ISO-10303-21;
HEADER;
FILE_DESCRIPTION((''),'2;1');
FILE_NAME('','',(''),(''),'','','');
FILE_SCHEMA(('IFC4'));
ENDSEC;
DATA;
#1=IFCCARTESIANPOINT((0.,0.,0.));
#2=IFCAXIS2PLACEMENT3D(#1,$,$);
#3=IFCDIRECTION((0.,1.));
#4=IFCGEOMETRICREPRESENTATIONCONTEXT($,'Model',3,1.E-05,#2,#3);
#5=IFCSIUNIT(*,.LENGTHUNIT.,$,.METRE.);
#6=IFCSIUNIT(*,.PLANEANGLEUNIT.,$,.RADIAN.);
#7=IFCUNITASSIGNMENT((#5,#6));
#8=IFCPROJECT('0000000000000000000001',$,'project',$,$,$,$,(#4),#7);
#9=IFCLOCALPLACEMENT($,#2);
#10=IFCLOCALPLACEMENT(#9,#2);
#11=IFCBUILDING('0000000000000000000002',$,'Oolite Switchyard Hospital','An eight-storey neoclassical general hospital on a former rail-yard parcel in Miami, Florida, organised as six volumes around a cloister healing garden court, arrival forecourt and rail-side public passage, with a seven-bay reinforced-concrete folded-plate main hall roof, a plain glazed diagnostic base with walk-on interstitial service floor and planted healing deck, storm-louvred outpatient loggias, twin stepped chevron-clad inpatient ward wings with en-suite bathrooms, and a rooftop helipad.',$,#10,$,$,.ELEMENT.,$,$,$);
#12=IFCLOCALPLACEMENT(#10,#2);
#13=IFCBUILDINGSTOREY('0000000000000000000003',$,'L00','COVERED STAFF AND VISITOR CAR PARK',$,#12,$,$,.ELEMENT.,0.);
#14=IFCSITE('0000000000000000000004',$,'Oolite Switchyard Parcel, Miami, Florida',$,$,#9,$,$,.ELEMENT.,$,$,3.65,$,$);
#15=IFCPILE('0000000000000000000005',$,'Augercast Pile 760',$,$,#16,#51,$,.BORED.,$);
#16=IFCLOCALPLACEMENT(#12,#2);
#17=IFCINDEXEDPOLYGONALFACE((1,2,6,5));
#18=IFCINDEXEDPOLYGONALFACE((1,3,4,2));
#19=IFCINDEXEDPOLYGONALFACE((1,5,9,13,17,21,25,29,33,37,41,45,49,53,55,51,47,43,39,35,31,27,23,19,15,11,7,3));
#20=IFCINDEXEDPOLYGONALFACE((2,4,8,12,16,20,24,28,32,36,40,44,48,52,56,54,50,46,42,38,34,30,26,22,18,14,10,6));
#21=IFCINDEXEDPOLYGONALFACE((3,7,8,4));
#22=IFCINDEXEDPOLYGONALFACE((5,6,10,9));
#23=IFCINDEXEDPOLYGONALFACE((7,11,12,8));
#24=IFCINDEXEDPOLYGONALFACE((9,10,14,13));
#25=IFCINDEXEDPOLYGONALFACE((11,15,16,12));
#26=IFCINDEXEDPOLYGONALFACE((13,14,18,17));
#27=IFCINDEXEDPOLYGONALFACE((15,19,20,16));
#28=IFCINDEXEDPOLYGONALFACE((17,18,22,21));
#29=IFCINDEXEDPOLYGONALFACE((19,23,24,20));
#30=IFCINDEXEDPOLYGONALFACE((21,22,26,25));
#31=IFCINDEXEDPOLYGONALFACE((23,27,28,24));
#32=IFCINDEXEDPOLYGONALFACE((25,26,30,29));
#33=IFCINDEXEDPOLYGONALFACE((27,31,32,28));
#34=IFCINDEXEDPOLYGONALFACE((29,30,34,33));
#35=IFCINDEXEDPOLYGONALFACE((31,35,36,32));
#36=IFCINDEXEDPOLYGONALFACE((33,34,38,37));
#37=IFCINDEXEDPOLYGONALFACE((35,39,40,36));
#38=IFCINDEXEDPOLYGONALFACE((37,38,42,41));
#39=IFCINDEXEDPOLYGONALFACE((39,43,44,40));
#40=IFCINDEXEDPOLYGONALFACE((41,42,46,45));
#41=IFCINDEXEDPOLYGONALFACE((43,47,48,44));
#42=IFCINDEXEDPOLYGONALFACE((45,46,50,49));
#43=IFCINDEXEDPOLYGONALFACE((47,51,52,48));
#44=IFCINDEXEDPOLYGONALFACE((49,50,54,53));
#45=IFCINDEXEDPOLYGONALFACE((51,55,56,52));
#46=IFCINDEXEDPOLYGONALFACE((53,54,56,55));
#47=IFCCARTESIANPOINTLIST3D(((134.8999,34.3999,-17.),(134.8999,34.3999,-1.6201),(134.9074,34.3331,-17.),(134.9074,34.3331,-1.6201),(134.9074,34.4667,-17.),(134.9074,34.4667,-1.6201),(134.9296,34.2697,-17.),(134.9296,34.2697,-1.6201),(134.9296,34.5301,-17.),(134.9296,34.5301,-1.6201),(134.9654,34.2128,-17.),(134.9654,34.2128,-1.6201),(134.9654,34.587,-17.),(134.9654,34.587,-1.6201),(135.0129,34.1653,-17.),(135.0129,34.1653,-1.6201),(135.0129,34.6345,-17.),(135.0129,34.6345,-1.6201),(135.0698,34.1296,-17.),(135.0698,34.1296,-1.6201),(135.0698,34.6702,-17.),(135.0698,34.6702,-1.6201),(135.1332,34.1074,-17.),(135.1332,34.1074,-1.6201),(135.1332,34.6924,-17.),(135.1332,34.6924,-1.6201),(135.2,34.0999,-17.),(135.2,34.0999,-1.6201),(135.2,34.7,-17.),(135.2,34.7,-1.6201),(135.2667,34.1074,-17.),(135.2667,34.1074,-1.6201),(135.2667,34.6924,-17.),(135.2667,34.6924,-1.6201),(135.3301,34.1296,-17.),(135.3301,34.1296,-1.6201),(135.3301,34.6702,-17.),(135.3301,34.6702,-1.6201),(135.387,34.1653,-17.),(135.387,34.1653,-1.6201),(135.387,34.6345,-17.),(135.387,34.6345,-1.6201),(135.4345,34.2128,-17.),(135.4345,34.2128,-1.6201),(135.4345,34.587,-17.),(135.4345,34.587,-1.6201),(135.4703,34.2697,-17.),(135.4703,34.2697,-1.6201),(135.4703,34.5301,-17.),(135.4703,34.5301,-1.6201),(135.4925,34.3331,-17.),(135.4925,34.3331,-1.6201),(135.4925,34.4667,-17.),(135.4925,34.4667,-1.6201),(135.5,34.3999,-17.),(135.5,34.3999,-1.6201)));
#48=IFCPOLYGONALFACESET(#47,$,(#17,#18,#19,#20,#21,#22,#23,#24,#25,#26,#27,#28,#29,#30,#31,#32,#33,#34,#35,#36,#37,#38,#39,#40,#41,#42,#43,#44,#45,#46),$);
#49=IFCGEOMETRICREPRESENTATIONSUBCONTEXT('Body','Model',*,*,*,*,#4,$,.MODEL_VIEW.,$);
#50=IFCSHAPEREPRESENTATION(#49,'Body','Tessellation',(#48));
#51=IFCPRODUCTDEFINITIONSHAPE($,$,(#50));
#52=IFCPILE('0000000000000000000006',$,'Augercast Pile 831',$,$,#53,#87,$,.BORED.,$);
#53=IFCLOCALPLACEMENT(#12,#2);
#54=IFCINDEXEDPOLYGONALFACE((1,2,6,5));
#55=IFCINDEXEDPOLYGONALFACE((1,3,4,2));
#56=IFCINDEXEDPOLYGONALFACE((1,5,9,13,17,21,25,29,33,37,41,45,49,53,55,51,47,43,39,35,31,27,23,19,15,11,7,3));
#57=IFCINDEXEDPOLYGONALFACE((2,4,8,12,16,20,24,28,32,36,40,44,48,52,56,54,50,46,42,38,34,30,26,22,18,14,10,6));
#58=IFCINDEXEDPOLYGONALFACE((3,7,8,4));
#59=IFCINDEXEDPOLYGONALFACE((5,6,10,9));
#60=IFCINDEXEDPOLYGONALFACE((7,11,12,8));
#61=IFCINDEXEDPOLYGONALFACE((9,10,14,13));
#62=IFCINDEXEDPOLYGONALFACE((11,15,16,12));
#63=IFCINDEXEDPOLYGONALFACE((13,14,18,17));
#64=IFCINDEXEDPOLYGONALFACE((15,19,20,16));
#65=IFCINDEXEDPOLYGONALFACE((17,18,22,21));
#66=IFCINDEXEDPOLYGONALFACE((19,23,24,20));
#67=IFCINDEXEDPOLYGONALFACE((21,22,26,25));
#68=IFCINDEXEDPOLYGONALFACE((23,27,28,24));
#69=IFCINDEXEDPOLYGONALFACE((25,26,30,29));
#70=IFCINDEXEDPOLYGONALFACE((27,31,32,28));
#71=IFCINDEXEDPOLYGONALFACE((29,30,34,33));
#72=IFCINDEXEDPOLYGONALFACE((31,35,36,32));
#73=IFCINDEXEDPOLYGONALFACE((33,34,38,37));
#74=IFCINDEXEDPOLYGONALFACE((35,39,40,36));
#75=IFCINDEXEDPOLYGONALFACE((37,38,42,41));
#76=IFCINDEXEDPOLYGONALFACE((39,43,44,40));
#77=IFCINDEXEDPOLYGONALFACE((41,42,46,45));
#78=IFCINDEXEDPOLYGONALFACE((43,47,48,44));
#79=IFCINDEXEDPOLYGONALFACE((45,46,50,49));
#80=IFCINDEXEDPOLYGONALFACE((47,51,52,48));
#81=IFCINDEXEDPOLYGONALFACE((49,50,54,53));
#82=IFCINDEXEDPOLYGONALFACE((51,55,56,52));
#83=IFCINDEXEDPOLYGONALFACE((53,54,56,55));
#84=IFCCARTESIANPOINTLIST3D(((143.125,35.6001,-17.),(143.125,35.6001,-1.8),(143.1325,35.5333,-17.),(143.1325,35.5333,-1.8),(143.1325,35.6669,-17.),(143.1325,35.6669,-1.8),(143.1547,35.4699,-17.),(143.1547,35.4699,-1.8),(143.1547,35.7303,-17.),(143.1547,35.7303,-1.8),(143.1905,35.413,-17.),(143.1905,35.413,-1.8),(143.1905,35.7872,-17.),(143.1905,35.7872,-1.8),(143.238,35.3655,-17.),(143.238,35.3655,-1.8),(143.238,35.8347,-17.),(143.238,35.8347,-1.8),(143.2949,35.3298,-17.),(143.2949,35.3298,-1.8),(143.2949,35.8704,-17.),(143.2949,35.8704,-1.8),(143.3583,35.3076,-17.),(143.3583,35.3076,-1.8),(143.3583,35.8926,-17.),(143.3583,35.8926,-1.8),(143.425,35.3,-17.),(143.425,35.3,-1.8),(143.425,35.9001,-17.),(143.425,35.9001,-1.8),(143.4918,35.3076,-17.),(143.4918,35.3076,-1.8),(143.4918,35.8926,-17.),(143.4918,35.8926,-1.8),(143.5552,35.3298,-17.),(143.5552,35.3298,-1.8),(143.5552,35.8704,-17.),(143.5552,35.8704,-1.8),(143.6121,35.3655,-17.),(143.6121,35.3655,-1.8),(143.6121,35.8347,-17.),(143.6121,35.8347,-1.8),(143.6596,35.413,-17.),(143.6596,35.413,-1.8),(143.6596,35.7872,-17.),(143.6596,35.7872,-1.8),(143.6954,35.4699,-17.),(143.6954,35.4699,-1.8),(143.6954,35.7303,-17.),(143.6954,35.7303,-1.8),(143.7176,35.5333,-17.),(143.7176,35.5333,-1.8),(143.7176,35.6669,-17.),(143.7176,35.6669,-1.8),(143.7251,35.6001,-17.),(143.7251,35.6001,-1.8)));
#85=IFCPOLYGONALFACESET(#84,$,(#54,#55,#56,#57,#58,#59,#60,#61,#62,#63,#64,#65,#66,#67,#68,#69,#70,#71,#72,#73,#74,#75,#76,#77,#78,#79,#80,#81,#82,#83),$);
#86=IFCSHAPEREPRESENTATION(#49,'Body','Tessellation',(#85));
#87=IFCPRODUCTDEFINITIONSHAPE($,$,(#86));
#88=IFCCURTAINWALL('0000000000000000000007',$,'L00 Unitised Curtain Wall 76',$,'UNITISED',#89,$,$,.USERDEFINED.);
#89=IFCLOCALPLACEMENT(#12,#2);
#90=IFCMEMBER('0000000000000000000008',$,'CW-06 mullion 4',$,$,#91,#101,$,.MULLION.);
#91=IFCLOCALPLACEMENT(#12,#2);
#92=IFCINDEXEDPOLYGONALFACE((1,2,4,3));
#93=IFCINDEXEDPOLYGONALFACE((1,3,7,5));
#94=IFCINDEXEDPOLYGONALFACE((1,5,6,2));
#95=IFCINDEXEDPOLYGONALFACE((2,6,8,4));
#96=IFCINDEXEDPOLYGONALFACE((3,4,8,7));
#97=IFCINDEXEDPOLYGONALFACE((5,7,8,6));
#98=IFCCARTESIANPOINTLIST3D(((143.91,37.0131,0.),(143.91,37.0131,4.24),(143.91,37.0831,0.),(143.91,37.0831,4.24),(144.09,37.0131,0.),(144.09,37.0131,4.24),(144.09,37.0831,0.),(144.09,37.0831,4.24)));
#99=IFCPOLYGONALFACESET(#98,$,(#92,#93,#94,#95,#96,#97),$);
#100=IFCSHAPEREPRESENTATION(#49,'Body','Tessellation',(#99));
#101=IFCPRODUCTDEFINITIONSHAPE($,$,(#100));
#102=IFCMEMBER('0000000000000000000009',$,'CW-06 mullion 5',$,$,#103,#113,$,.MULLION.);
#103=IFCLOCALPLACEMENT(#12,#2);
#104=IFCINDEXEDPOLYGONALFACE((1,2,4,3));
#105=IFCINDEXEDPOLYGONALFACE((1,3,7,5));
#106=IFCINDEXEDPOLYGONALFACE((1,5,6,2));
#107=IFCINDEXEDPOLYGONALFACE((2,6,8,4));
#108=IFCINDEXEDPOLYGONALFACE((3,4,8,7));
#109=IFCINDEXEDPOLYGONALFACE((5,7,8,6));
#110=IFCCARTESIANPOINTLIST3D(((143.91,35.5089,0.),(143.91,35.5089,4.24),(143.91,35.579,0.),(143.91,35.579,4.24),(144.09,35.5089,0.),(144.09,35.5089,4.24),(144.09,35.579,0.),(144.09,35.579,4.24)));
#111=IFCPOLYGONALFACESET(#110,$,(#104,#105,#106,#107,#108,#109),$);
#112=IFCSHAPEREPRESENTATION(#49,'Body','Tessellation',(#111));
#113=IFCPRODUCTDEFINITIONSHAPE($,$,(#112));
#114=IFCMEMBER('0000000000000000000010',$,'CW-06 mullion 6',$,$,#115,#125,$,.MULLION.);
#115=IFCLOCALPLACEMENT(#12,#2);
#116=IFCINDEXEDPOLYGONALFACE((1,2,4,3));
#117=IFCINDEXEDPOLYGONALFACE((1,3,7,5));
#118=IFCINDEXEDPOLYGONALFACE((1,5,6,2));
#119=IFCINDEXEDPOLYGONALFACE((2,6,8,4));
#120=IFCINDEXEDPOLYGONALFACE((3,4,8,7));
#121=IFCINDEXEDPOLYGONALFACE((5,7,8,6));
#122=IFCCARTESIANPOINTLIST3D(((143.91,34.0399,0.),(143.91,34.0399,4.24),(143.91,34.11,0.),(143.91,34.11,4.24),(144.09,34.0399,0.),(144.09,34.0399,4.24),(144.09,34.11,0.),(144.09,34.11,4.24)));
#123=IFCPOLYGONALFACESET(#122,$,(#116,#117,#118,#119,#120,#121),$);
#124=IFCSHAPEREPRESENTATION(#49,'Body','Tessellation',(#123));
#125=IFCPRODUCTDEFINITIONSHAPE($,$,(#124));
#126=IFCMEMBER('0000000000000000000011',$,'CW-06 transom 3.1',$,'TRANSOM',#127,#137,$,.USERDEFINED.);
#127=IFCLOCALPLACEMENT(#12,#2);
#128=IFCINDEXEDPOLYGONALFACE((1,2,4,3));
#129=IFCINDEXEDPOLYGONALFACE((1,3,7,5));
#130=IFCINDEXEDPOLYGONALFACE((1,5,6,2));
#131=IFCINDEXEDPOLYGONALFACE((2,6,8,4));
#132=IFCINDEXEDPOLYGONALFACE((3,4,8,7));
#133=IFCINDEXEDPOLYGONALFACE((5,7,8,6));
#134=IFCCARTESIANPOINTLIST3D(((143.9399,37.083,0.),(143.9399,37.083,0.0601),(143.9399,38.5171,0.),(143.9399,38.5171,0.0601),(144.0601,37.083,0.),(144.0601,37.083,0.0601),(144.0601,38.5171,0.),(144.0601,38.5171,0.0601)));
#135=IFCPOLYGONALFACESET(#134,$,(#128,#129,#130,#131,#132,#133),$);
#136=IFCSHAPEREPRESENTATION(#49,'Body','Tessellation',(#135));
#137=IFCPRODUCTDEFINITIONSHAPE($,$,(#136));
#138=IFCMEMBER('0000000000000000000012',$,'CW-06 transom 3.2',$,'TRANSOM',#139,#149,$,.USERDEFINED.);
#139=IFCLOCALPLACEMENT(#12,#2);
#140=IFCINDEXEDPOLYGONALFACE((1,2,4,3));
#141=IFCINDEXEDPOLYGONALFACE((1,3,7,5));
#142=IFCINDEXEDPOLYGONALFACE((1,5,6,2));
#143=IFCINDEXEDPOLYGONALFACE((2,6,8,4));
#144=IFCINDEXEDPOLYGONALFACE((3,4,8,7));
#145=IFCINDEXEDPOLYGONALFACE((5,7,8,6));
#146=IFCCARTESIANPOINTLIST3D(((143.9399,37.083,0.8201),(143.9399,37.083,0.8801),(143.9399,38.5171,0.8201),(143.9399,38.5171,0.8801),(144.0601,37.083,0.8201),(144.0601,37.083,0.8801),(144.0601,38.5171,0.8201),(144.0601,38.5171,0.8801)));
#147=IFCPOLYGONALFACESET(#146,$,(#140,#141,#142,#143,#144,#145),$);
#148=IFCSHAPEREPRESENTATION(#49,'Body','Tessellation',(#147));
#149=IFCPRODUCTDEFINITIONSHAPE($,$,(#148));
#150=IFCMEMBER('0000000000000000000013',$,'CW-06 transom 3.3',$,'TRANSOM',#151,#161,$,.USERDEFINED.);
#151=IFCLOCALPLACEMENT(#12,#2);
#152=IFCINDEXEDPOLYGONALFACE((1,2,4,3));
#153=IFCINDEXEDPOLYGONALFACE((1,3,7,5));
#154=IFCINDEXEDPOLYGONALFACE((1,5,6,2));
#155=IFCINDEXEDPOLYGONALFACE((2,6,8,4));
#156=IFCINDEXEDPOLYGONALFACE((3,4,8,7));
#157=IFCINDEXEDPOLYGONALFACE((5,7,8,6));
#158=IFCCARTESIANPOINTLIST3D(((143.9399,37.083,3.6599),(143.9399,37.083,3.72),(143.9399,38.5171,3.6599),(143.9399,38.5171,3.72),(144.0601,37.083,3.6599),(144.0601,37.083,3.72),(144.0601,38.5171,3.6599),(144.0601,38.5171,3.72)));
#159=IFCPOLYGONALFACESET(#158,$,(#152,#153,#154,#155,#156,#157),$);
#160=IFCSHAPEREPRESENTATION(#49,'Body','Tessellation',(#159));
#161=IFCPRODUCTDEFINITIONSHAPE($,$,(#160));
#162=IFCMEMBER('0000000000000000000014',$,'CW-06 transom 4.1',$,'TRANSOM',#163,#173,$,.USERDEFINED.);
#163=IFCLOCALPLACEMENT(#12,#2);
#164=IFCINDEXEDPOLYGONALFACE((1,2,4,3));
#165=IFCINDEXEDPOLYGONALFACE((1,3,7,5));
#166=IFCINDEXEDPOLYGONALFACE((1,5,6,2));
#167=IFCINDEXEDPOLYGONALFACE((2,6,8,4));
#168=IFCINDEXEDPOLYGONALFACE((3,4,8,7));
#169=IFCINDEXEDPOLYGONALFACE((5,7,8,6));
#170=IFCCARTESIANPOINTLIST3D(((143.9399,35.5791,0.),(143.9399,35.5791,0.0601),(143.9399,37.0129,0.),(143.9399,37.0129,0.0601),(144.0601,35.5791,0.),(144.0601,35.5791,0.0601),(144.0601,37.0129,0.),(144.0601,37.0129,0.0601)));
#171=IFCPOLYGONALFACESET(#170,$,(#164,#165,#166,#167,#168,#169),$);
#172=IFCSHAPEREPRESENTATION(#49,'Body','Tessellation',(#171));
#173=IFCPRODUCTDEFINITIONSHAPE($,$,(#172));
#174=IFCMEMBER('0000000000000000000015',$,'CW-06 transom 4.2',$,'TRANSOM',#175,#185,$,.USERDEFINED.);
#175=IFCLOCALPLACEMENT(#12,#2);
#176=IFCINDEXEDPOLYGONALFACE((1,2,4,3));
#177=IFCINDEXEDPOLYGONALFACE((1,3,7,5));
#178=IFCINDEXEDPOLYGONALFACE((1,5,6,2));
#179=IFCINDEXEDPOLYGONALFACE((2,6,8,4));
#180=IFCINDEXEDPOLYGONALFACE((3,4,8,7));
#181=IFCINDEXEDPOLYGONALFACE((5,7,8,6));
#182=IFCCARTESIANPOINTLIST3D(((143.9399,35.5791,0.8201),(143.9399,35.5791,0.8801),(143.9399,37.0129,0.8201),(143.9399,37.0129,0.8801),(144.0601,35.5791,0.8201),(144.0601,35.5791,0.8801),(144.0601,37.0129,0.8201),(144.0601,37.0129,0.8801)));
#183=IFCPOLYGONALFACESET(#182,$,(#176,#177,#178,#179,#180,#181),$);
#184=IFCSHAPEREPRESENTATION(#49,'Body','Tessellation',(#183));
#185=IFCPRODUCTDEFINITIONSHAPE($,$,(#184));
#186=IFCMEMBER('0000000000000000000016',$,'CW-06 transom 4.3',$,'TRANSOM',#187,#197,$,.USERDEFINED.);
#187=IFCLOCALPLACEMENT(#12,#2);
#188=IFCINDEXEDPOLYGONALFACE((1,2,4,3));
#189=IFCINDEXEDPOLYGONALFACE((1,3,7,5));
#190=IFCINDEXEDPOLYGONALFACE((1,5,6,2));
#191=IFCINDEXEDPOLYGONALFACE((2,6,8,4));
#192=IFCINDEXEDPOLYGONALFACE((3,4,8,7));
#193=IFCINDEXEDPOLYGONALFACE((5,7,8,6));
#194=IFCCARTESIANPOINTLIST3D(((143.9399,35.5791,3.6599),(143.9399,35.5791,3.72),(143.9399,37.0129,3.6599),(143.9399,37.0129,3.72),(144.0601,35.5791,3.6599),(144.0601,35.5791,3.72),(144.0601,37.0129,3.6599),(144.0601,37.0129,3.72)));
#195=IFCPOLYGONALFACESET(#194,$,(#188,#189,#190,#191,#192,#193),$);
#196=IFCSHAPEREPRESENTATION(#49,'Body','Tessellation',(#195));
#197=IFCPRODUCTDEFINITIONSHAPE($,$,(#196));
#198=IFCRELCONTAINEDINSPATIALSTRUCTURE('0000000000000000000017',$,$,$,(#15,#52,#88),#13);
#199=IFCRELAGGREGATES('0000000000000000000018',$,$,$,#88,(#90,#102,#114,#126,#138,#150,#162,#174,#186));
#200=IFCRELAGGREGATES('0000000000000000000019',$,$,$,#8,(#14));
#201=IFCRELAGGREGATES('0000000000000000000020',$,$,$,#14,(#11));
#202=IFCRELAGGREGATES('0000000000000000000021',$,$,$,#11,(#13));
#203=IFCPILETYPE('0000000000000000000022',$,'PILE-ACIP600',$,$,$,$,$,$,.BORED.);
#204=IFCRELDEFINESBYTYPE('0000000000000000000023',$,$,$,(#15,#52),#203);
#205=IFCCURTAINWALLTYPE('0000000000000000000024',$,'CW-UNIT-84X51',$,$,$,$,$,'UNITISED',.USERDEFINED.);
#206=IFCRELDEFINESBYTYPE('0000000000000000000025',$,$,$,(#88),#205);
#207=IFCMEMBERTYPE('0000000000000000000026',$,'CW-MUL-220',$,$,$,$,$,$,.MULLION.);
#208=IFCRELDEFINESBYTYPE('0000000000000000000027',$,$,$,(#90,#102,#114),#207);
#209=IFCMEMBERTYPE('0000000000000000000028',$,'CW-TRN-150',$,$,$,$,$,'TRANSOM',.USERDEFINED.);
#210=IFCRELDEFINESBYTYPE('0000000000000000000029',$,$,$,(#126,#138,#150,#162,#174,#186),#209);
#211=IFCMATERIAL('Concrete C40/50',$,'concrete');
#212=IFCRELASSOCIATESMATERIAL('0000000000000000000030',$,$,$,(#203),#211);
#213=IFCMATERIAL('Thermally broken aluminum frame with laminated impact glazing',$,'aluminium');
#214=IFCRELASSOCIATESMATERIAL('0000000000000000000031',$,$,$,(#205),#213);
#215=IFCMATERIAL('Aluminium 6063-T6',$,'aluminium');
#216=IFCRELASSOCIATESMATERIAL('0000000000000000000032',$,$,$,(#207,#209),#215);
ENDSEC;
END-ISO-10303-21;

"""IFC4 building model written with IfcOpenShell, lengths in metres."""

from ifc_helpers import new_model, si_unit, direction, frame, origin, origin_2d, place, context, subcontext, project, spatial, rectangle, circle, extrude, material, material_profile, profile_set, type_object, element, aggregate, save


model = new_model("IFC4")

# Units and contexts
model_context = context("Model", 3, precision=1e-05, world=origin(), true_north=direction((0.0, 1.0)))
body_context = subcontext(model_context, "Body", "Model", "MODEL_VIEW")
ifc_project = project(units=[si_unit("LENGTHUNIT", "METRE"), si_unit("PLANEANGLEUNIT", "RADIAN")], contexts=[model_context])

# Site, building, storey
site_placement = place(None, origin())
site = spatial("IfcSite", under=ifc_project, at=site_placement, Name="Oolite Switchyard Parcel, Miami, Florida", CompositionType="ELEMENT", RefElevation=3.65)
building_placement = place(site_placement, origin())
building = spatial("IfcBuilding", under=site, at=building_placement, Name="Oolite Switchyard Hospital", Description="An eight-storey neoclassical general hospital on a former rail-yard parcel in Miami, Florida, organised as six volumes around a cloister healing garden court, arrival forecourt and rail-side public passage, with a seven-bay reinforced-concrete folded-plate main hall roof, a plain glazed diagnostic base with walk-on interstitial service floor and planted healing deck, storm-louvred outpatient loggias, twin stepped chevron-clad inpatient ward wings with en-suite bathrooms, and a rooftop helipad.", CompositionType="ELEMENT")
storey_placement = place(building_placement, origin())
storey = spatial("IfcBuildingStorey", under=building, at=storey_placement, Name="L00", Description="COVERED STAFF AND VISITOR CAR PARK", CompositionType="ELEMENT", Elevation=0.0)

# Piles
ifc_material_1 = material(Name="Concrete C40/50", Category="concrete")
ifc_material_profile_1 = material_profile(ifc_material_1, circle(Radius=0.3, at=origin_2d()), Name="PILE600")
ifc_profile_set_1 = profile_set([ifc_material_profile_1], Name="Concrete C40/50")
pile_type = type_object("IfcPileType", Name="PILE-ACIP600", PredefinedType="BORED", material=ifc_profile_set_1)
pile_1_placement = place(storey_placement, frame((135.2, 34.3999, -1.6201), z_axis=(0.0, 0.0, -1.0), x_axis=(1.0, 0.0, 0.0)))
element("IfcPile", 1, at=pile_1_placement, inside=storey, type_object=pile_type, Name="Augercast Pile 760", PredefinedType="BORED", context=body_context, shape_type="SweptSolid", body=[
    extrude(circle(Radius=0.3, at=origin_2d()), origin(), (0.0, 0.0, 1.0), 15.3799),
])
pile_2_placement = place(storey_placement, frame((143.425, 35.6001, -1.8), z_axis=(0.0, 0.0, -1.0), x_axis=(1.0, 0.0, 0.0)))
element("IfcPile", 2, at=pile_2_placement, inside=storey, type_object=pile_type, Name="Augercast Pile 831", PredefinedType="BORED", context=body_context, shape_type="SweptSolid", body=[
    extrude(circle(Radius=0.3, at=origin_2d()), origin(), (0.0, 0.0, 1.0), 15.2),
])

# Curtain wall, members
ifc_material_2 = material(Name="Thermally broken aluminum frame with laminated impact glazing", Category="aluminium")
curtain_wall_type = type_object("IfcCurtainWallType", Name="CW-UNIT-84X51", ElementType="UNITISED", PredefinedType="USERDEFINED", material=ifc_material_2)
curtain_wall_placement = place(storey_placement, origin())
curtain_wall = element("IfcCurtainWall", 3, at=curtain_wall_placement, inside=storey, type_object=curtain_wall_type, Name="L00 Unitised Curtain Wall 76", ObjectType="UNITISED", PredefinedType="USERDEFINED")
ifc_material_3 = material(Name="Aluminium 6063-T6", Category="aluminium")
ifc_material_profile_2 = material_profile(ifc_material_3, rectangle(XDim=0.1799, YDim=0.0701, at=origin_2d()), Name="CWM70X180")
ifc_profile_set_2 = profile_set([ifc_material_profile_2], Name="Aluminium 6063-T6")
member_type_1 = type_object("IfcMemberType", Name="CW-MUL-220", PredefinedType="MULLION", material=ifc_profile_set_2)
member_1_placement = place(storey_placement, frame((144.0, 37.0481, 0.0), z_axis=(0.0, 0.0, 1.0), x_axis=(1.0, 0.0, 0.0)))
member_1 = element("IfcMember", 4, at=member_1_placement, type_object=member_type_1, Name="CW-06 mullion 4", PredefinedType="MULLION", context=body_context, shape_type="SweptSolid", body=[
    extrude(rectangle(XDim=0.1799, YDim=0.0701, at=origin_2d()), origin(), (0.0, 0.0, 1.0), 4.24),
])
member_2_placement = place(storey_placement, frame((144.0, 35.5439, 0.0), z_axis=(0.0, 0.0, 1.0), x_axis=(1.0, 0.0, 0.0)))
member_2 = element("IfcMember", 5, at=member_2_placement, type_object=member_type_1, Name="CW-06 mullion 5", PredefinedType="MULLION", context=body_context, shape_type="SweptSolid", body=[
    extrude(rectangle(XDim=0.1799, YDim=0.0701, at=origin_2d()), origin(), (0.0, 0.0, 1.0), 4.24),
])
member_3_placement = place(storey_placement, frame((144.0, 34.075, 0.0), z_axis=(0.0, 0.0, 1.0), x_axis=(1.0, 0.0, 0.0)))
member_3 = element("IfcMember", 6, at=member_3_placement, type_object=member_type_1, Name="CW-06 mullion 6", PredefinedType="MULLION", context=body_context, shape_type="SweptSolid", body=[
    extrude(rectangle(XDim=0.1799, YDim=0.0701, at=origin_2d()), origin(), (0.0, 0.0, 1.0), 4.24),
])
ifc_material_profile_3 = material_profile(ifc_material_3, rectangle(XDim=0.1201, YDim=0.0601, at=origin_2d()), Name="CWT60X120")
ifc_profile_set_3 = profile_set([ifc_material_profile_3], Name="Aluminium 6063-T6")
member_type_2 = type_object("IfcMemberType", Name="CW-TRN-150", ElementType="TRANSOM", PredefinedType="USERDEFINED", material=ifc_profile_set_3)
member_4_placement = place(storey_placement, frame((144.0, 38.5171, 0.03), z_axis=(0.0, -1.0, 0.0), x_axis=(1.0, 0.0, 0.0)))
member_4 = element("IfcMember", 7, at=member_4_placement, type_object=member_type_2, Name="CW-06 transom 3.1", ObjectType="TRANSOM", PredefinedType="USERDEFINED", context=body_context, shape_type="SweptSolid", body=[
    extrude(rectangle(XDim=0.1201, YDim=0.0601, at=origin_2d()), origin(), (0.0, 0.0, 1.0), 1.4341),
])
member_5_placement = place(storey_placement, frame((144.0, 38.5171, 0.8501), z_axis=(0.0, -1.0, 0.0), x_axis=(1.0, 0.0, 0.0)))
member_5 = element("IfcMember", 8, at=member_5_placement, type_object=member_type_2, Name="CW-06 transom 3.2", ObjectType="TRANSOM", PredefinedType="USERDEFINED", context=body_context, shape_type="SweptSolid", body=[
    extrude(rectangle(XDim=0.1201, YDim=0.0601, at=origin_2d()), origin(), (0.0, 0.0, 1.0), 1.4341),
])
member_6_placement = place(storey_placement, frame((144.0, 38.5171, 3.6899), z_axis=(0.0, -1.0, 0.0), x_axis=(1.0, 0.0, 0.0)))
member_6 = element("IfcMember", 9, at=member_6_placement, type_object=member_type_2, Name="CW-06 transom 3.3", ObjectType="TRANSOM", PredefinedType="USERDEFINED", context=body_context, shape_type="SweptSolid", body=[
    extrude(rectangle(XDim=0.1201, YDim=0.0601, at=origin_2d()), origin(), (0.0, 0.0, 1.0), 1.4341),
])
member_7_placement = place(storey_placement, frame((144.0, 37.0129, 0.03), z_axis=(0.0, -1.0, 0.0), x_axis=(1.0, 0.0, 0.0)))
member_7 = element("IfcMember", 10, at=member_7_placement, type_object=member_type_2, Name="CW-06 transom 4.1", ObjectType="TRANSOM", PredefinedType="USERDEFINED", context=body_context, shape_type="SweptSolid", body=[
    extrude(rectangle(XDim=0.1201, YDim=0.0601, at=origin_2d()), origin(), (0.0, 0.0, 1.0), 1.4338),
])
member_8_placement = place(storey_placement, frame((144.0, 37.0129, 0.8501), z_axis=(0.0, -1.0, 0.0), x_axis=(1.0, 0.0, 0.0)))
member_8 = element("IfcMember", 11, at=member_8_placement, type_object=member_type_2, Name="CW-06 transom 4.2", ObjectType="TRANSOM", PredefinedType="USERDEFINED", context=body_context, shape_type="SweptSolid", body=[
    extrude(rectangle(XDim=0.1201, YDim=0.0601, at=origin_2d()), origin(), (0.0, 0.0, 1.0), 1.4338),
])
member_9_placement = place(storey_placement, frame((144.0, 37.0129, 3.6899), z_axis=(0.0, -1.0, 0.0), x_axis=(1.0, 0.0, 0.0)))
member_9 = element("IfcMember", 12, at=member_9_placement, type_object=member_type_2, Name="CW-06 transom 4.3", ObjectType="TRANSOM", PredefinedType="USERDEFINED", context=body_context, shape_type="SweptSolid", body=[
    extrude(rectangle(XDim=0.1201, YDim=0.0601, at=origin_2d()), origin(), (0.0, 0.0, 1.0), 1.4338),
])
aggregate(curtain_wall, [member_1, member_2, member_3, member_4, member_5, member_6, member_7, member_8, member_9])

save(model, "model.ifc")
